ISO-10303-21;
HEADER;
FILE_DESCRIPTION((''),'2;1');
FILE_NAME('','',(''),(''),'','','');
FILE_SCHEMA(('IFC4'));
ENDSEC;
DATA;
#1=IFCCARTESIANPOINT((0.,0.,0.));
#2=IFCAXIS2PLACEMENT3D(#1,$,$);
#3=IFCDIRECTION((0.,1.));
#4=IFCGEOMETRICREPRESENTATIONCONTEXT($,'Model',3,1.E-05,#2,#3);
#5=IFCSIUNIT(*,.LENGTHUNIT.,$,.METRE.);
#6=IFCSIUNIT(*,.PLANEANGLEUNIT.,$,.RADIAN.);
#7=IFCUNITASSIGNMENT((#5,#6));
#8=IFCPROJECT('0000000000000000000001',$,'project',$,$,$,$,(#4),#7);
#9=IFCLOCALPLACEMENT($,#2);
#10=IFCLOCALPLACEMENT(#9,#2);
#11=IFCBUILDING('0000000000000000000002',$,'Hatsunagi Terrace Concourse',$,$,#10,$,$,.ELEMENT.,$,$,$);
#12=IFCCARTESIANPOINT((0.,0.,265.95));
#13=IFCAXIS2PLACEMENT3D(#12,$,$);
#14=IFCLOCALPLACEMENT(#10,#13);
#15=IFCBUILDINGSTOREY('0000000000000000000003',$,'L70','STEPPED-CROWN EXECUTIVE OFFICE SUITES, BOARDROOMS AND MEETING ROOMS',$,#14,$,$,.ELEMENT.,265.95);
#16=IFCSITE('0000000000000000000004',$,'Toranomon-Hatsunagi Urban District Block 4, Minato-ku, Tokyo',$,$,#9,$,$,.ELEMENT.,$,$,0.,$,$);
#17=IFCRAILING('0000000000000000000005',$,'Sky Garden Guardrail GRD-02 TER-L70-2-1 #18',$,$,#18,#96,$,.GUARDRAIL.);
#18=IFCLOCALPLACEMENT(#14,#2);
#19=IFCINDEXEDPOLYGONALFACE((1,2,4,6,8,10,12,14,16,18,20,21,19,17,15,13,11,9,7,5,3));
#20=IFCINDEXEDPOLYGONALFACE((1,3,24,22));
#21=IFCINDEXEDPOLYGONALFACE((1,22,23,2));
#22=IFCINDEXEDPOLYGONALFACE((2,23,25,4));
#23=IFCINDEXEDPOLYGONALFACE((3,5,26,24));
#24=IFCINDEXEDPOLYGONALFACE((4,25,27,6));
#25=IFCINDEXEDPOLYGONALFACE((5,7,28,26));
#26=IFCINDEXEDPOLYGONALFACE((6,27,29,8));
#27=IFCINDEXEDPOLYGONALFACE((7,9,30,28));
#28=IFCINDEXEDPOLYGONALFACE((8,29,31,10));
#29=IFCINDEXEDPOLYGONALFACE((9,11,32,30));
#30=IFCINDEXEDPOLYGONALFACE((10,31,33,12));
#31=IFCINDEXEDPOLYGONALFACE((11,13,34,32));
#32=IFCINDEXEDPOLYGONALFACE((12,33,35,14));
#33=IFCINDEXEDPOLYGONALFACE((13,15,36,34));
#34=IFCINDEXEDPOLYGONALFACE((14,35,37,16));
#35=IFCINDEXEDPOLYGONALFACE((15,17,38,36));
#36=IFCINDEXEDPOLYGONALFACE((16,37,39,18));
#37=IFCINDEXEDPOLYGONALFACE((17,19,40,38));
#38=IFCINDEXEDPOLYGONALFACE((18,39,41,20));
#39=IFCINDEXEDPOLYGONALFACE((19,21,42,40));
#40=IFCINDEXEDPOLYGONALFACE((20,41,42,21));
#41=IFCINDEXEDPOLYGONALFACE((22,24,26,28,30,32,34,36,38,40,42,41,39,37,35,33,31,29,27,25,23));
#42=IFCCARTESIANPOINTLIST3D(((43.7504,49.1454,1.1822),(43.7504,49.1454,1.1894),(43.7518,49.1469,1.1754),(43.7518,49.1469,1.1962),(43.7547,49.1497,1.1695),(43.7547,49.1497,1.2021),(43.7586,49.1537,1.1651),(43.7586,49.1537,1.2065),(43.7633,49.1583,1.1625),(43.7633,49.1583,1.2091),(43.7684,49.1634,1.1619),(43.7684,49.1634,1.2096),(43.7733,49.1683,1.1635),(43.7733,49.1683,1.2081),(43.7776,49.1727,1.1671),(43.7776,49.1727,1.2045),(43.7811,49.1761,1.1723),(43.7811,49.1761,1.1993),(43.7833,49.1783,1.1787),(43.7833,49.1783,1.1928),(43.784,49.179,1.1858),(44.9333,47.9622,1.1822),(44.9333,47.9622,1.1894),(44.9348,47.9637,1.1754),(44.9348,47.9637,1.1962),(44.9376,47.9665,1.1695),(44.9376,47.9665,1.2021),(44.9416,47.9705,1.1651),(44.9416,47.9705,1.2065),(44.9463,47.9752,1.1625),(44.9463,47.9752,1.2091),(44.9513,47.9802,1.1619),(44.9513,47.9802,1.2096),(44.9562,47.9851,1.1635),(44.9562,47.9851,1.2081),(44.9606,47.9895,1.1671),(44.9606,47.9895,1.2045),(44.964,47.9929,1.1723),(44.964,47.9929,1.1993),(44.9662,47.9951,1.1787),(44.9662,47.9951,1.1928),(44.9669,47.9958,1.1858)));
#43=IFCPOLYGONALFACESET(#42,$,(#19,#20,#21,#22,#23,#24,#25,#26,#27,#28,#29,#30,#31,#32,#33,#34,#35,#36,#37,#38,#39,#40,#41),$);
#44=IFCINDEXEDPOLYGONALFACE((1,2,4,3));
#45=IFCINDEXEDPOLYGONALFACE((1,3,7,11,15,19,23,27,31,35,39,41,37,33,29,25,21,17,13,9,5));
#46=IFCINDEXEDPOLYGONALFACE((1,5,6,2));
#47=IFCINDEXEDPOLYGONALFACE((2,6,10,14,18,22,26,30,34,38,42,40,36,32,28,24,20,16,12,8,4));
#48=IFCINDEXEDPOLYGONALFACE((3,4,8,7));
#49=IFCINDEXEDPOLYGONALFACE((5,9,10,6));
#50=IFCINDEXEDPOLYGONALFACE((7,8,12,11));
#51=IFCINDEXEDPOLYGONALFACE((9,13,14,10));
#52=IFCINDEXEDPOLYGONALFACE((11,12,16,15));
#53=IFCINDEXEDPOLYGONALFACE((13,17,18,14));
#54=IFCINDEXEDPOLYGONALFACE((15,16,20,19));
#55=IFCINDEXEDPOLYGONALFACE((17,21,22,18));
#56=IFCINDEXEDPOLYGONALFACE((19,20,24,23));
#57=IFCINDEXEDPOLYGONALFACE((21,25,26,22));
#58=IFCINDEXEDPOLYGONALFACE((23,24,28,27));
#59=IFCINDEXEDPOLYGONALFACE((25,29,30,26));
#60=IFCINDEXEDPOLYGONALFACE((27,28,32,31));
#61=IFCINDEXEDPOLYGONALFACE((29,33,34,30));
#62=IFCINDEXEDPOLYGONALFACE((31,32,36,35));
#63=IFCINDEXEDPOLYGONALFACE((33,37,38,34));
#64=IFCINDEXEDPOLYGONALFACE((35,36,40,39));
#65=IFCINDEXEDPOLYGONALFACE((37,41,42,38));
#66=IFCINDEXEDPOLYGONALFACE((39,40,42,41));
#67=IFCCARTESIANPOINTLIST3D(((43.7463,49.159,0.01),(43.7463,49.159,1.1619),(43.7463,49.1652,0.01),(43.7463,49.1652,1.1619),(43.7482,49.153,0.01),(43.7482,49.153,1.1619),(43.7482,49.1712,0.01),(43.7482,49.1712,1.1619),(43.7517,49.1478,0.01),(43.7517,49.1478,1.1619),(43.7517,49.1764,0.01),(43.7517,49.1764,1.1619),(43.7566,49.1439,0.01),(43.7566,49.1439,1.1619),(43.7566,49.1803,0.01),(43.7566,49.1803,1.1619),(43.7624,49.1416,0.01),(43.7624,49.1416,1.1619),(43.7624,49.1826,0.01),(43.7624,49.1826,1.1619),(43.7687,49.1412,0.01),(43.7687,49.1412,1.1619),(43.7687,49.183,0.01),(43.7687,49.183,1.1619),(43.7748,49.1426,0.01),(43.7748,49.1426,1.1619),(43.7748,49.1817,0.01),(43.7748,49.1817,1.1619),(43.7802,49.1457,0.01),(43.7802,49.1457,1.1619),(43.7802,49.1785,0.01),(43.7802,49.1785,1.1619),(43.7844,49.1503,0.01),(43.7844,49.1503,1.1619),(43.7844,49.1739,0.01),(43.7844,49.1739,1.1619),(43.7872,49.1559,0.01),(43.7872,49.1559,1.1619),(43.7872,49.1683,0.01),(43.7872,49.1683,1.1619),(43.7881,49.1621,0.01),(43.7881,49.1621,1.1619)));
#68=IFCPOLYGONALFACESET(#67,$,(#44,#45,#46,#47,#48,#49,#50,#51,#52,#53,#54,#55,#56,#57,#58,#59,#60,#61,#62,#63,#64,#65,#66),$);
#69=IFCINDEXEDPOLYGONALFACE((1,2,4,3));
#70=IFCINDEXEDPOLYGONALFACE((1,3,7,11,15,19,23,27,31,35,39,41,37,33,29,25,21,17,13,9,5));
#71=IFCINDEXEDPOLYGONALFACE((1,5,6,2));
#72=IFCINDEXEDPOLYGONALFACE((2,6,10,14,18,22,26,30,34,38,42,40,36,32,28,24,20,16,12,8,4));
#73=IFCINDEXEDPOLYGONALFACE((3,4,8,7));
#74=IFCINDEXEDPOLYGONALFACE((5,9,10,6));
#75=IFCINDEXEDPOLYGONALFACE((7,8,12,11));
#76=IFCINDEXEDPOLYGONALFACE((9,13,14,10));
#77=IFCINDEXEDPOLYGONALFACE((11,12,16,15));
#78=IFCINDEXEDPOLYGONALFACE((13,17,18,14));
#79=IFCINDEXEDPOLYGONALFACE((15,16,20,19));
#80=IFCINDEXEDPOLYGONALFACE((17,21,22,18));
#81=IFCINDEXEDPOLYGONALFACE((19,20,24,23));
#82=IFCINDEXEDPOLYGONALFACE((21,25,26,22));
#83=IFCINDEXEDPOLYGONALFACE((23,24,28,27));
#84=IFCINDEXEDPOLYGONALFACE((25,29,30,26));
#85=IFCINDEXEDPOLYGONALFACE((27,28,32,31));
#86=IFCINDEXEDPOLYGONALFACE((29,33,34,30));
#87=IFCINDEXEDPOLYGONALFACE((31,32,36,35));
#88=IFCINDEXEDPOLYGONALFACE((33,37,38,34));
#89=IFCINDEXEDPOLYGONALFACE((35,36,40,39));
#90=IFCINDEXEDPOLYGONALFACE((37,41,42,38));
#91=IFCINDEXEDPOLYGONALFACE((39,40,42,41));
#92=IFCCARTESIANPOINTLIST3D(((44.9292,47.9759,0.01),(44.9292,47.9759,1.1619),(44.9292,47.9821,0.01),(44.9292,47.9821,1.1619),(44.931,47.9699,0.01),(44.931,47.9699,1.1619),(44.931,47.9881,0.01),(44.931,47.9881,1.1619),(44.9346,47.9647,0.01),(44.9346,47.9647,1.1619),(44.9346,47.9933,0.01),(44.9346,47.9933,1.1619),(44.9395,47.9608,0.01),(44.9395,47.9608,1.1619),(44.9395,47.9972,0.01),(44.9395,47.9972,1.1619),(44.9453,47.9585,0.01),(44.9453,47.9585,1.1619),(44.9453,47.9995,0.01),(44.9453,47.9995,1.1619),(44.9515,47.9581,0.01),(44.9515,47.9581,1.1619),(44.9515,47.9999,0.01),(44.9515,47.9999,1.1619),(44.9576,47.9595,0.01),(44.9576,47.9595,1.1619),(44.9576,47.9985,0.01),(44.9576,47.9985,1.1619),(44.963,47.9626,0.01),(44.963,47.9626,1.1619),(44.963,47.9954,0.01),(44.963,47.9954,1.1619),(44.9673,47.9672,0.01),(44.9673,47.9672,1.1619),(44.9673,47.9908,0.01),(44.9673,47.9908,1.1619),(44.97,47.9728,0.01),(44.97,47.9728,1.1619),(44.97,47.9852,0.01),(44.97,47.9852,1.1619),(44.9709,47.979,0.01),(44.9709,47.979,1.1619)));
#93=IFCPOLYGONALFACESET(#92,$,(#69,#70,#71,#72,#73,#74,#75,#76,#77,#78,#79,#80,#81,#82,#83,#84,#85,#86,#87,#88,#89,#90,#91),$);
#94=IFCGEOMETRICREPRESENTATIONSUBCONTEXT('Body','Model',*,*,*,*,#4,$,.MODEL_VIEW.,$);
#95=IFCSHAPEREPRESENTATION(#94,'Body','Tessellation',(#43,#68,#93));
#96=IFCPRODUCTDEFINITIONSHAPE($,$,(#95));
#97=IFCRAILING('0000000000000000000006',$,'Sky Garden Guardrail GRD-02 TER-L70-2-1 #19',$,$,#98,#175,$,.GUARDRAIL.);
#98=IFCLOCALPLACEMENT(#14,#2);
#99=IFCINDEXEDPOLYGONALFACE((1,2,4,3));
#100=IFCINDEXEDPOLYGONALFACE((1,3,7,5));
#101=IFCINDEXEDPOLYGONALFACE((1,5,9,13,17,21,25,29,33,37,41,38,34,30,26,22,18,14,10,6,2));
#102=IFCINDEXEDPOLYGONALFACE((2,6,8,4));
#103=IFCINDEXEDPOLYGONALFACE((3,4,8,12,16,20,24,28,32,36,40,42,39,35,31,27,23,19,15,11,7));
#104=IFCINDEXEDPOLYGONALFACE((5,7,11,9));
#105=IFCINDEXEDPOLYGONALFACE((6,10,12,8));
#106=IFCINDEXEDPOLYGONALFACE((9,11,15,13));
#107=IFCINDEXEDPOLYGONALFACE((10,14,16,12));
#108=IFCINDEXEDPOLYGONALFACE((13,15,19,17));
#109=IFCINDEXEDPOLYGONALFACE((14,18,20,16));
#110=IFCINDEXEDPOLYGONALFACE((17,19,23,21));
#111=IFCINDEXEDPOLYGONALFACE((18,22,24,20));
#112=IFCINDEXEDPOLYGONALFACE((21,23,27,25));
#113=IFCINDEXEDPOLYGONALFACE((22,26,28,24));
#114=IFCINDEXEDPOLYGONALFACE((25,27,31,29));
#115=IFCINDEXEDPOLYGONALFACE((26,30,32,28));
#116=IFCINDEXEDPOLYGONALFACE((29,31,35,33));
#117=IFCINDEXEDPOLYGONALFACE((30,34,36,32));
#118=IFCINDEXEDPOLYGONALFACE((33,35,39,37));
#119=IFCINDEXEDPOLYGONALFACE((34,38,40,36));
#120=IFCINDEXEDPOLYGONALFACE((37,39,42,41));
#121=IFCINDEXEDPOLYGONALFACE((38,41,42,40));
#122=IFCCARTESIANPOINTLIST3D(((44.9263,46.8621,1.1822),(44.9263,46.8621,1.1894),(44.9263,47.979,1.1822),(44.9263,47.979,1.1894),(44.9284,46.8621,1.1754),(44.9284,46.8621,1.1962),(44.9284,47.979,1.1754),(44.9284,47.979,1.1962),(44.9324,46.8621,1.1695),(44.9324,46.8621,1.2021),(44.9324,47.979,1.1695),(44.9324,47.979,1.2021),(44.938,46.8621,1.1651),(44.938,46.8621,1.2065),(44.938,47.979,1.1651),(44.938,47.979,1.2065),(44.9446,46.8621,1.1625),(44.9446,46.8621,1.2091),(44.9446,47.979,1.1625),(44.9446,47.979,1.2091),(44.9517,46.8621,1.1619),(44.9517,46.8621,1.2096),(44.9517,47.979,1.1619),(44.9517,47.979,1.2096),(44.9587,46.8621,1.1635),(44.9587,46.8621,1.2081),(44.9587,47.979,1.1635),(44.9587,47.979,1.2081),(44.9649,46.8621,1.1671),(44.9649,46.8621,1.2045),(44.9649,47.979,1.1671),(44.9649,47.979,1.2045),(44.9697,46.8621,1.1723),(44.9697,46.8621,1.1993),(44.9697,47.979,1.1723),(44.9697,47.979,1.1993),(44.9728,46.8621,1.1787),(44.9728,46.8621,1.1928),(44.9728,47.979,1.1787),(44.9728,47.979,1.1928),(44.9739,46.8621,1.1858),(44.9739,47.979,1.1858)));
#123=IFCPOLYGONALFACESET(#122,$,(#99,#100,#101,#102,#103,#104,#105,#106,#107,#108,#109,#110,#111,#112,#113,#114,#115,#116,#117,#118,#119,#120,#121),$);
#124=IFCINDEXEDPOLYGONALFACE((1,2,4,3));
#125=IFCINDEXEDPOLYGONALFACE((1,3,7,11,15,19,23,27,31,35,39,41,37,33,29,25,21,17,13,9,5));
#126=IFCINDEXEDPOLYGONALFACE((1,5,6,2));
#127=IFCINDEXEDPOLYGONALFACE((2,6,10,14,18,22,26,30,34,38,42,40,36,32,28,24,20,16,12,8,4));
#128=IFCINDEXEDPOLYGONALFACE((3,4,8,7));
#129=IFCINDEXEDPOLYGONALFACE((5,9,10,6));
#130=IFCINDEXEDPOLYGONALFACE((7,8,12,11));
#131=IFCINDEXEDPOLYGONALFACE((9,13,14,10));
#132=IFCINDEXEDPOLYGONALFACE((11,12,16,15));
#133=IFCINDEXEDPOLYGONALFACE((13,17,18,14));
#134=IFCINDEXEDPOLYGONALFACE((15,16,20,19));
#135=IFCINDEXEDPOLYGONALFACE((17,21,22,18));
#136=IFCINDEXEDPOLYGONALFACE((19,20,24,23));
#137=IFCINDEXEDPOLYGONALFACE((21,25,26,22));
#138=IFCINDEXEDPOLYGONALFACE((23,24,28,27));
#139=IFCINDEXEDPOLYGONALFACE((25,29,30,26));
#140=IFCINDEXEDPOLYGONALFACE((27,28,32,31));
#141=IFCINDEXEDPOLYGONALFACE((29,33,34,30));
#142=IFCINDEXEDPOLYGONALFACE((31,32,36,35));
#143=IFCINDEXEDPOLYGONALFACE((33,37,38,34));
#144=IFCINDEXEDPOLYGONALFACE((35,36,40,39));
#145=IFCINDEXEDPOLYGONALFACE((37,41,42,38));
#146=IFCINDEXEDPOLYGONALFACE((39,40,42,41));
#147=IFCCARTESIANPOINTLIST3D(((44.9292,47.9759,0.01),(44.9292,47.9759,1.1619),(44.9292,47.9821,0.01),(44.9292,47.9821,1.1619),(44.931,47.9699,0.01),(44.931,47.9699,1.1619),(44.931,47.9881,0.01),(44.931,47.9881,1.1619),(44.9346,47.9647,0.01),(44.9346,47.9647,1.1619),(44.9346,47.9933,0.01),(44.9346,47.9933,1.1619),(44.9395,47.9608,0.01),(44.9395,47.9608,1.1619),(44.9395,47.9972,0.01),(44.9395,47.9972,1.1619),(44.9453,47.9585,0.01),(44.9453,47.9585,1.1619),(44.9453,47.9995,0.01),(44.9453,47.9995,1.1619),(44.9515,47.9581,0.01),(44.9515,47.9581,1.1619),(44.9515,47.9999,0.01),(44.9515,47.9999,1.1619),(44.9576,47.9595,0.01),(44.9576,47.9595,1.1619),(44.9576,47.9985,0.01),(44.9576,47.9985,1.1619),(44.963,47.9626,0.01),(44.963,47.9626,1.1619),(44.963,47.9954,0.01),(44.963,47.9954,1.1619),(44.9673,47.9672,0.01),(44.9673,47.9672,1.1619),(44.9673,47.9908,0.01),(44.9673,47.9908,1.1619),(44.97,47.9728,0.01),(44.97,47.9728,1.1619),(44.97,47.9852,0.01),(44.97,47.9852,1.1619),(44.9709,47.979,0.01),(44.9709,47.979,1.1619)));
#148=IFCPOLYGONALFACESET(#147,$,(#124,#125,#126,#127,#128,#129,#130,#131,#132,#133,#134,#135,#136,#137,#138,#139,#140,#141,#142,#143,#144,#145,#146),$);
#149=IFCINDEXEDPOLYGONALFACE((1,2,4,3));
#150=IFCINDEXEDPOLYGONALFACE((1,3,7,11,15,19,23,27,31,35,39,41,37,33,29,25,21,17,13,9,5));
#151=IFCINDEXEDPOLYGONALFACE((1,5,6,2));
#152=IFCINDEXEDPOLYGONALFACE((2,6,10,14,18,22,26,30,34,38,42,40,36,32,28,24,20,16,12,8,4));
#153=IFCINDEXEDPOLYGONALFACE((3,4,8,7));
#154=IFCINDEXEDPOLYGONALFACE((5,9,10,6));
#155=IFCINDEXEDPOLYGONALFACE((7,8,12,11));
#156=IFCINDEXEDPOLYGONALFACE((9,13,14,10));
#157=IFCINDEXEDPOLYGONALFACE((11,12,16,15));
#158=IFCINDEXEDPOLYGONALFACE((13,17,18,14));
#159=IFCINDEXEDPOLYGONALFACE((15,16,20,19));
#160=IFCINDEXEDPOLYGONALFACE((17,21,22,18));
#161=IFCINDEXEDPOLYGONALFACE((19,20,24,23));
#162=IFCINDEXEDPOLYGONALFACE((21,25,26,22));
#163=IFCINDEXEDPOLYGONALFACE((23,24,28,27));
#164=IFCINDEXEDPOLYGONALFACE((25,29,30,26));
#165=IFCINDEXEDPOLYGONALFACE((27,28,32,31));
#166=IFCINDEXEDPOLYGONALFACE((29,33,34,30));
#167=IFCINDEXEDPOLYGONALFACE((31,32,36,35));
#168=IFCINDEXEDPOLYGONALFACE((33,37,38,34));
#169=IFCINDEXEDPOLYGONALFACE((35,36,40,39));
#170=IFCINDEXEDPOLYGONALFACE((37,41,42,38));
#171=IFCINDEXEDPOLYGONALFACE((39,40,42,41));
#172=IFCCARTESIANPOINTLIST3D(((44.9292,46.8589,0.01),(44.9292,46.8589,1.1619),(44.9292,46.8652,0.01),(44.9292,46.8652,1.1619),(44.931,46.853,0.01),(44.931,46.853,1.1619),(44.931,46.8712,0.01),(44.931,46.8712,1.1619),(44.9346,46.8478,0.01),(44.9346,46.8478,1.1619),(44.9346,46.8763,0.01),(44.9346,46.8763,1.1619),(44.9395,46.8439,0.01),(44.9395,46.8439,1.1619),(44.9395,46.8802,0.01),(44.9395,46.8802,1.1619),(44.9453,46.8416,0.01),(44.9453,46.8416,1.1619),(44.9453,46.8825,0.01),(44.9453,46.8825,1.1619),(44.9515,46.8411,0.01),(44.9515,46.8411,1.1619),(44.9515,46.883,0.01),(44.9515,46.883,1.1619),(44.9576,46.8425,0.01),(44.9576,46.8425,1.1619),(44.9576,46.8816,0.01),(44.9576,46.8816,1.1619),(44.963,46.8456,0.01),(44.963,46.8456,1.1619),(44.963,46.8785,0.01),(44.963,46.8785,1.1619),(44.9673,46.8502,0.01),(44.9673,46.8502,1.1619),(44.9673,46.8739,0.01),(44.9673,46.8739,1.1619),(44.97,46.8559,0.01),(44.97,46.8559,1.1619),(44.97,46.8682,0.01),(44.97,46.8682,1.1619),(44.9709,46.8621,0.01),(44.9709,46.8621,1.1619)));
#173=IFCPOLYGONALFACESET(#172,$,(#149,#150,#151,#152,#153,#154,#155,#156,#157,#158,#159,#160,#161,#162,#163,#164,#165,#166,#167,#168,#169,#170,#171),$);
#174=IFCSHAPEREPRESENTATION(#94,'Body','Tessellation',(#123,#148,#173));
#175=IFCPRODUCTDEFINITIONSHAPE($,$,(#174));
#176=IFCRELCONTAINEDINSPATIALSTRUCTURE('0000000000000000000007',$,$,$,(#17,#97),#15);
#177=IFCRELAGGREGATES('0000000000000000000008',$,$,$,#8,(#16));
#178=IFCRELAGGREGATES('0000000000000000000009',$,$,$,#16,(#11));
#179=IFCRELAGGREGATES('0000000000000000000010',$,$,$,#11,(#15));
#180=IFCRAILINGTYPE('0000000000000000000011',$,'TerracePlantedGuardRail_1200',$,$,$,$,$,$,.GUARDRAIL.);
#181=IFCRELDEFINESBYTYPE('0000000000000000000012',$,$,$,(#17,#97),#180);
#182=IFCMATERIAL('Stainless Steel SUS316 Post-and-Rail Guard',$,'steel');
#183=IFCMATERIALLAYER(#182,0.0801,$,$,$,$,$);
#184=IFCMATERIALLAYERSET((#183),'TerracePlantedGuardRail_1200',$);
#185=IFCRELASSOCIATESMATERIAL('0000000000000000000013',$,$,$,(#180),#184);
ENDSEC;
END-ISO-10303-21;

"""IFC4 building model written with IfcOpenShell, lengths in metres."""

from ifc_helpers import new_model, si_unit, direction, frame, origin, origin_2d, place, context, subcontext, project, spatial, circle, extrude, material, layer, layer_set, type_object, element, save


model = new_model("IFC4")

# Units and contexts
model_context = context("Model", 3, precision=1e-05, world=origin(), true_north=direction((0.0, 1.0)))
body_context = subcontext(model_context, "Body", "Model", "MODEL_VIEW")
ifc_project = project(units=[si_unit("LENGTHUNIT", "METRE"), si_unit("PLANEANGLEUNIT", "RADIAN")], contexts=[model_context])

# Site, building, storey
site_placement = place(None, origin())
site = spatial("IfcSite", under=ifc_project, at=site_placement, Name="Toranomon-Hatsunagi Urban District Block 4, Minato-ku, Tokyo", CompositionType="ELEMENT", RefElevation=0.0)
building_placement = place(site_placement, origin())
building = spatial("IfcBuilding", under=site, at=building_placement, Name="Hatsunagi Terrace Concourse", CompositionType="ELEMENT")
storey_placement = place(building_placement, frame((0.0, 0.0, 265.95)))
storey = spatial("IfcBuildingStorey", under=building, at=storey_placement, Name="L70", Description="STEPPED-CROWN EXECUTIVE OFFICE SUITES, BOARDROOMS AND MEETING ROOMS", CompositionType="ELEMENT", Elevation=265.95)

# Railings
ifc_material_1 = material(Name="Stainless Steel SUS316 Post-and-Rail Guard", Category="steel")
ifc_layer_1 = layer(ifc_material_1, 0.0801)
ifc_layer_set_1 = layer_set([ifc_layer_1], Name="TerracePlantedGuardRail_1200")
railing_type = type_object("IfcRailingType", Name="TerracePlantedGuardRail_1200", PredefinedType="GUARDRAIL", material=ifc_layer_set_1)
for number, where, name in (
    (1, (43.7671, 49.1621, 0.01), "Sky Garden Guardrail GRD-02 TER-L70-2-1 #18"),
):
    element("IfcRailing", number, at=place(storey_placement, frame(where)), inside=storey, type_object=railing_type, Name=name, PredefinedType="GUARDRAIL", context=body_context, shape_type="SweptSolid", body=[
        extrude(circle(Radius=0.0239, at=origin_2d()), frame((0.0, 0.0, 1.1758), z_axis=(0.707034, -0.70718, 0.0), x_axis=(0.70718, 0.707034, 0.0)), (0.0, 0.0, 1.0), 1.6731),
        extrude(circle(Radius=0.021, at=origin_2d()), origin(), (0.0, 0.0, 1.0), 1.1519),
        extrude(circle(Radius=0.021, at=origin_2d()), frame((1.1829, -1.1831, 0.0)), (0.0, 0.0, 1.0), 1.1519),
    ])
for number, where, name in (
    (2, (44.95, 47.979, 0.01), "Sky Garden Guardrail GRD-02 TER-L70-2-1 #19"),
):
    element("IfcRailing", number, at=place(storey_placement, frame(where)), inside=storey, type_object=railing_type, Name=name, PredefinedType="GUARDRAIL", context=body_context, shape_type="SweptSolid", body=[
        extrude(circle(Radius=0.0239, at=origin_2d()), frame((0.0, 0.0, 1.1758), z_axis=(0.0, -1.0, 0.0), x_axis=(1.0, 0.0, 0.0)), (0.0, 0.0, 1.0), 1.1169),
        extrude(circle(Radius=0.021, at=origin_2d()), origin(), (0.0, 0.0, 1.0), 1.1519),
        extrude(circle(Radius=0.021, at=origin_2d()), frame((0.0, -1.1169, 0.0)), (0.0, 0.0, 1.0), 1.1519),
    ])

save(model, "model.ifc")
